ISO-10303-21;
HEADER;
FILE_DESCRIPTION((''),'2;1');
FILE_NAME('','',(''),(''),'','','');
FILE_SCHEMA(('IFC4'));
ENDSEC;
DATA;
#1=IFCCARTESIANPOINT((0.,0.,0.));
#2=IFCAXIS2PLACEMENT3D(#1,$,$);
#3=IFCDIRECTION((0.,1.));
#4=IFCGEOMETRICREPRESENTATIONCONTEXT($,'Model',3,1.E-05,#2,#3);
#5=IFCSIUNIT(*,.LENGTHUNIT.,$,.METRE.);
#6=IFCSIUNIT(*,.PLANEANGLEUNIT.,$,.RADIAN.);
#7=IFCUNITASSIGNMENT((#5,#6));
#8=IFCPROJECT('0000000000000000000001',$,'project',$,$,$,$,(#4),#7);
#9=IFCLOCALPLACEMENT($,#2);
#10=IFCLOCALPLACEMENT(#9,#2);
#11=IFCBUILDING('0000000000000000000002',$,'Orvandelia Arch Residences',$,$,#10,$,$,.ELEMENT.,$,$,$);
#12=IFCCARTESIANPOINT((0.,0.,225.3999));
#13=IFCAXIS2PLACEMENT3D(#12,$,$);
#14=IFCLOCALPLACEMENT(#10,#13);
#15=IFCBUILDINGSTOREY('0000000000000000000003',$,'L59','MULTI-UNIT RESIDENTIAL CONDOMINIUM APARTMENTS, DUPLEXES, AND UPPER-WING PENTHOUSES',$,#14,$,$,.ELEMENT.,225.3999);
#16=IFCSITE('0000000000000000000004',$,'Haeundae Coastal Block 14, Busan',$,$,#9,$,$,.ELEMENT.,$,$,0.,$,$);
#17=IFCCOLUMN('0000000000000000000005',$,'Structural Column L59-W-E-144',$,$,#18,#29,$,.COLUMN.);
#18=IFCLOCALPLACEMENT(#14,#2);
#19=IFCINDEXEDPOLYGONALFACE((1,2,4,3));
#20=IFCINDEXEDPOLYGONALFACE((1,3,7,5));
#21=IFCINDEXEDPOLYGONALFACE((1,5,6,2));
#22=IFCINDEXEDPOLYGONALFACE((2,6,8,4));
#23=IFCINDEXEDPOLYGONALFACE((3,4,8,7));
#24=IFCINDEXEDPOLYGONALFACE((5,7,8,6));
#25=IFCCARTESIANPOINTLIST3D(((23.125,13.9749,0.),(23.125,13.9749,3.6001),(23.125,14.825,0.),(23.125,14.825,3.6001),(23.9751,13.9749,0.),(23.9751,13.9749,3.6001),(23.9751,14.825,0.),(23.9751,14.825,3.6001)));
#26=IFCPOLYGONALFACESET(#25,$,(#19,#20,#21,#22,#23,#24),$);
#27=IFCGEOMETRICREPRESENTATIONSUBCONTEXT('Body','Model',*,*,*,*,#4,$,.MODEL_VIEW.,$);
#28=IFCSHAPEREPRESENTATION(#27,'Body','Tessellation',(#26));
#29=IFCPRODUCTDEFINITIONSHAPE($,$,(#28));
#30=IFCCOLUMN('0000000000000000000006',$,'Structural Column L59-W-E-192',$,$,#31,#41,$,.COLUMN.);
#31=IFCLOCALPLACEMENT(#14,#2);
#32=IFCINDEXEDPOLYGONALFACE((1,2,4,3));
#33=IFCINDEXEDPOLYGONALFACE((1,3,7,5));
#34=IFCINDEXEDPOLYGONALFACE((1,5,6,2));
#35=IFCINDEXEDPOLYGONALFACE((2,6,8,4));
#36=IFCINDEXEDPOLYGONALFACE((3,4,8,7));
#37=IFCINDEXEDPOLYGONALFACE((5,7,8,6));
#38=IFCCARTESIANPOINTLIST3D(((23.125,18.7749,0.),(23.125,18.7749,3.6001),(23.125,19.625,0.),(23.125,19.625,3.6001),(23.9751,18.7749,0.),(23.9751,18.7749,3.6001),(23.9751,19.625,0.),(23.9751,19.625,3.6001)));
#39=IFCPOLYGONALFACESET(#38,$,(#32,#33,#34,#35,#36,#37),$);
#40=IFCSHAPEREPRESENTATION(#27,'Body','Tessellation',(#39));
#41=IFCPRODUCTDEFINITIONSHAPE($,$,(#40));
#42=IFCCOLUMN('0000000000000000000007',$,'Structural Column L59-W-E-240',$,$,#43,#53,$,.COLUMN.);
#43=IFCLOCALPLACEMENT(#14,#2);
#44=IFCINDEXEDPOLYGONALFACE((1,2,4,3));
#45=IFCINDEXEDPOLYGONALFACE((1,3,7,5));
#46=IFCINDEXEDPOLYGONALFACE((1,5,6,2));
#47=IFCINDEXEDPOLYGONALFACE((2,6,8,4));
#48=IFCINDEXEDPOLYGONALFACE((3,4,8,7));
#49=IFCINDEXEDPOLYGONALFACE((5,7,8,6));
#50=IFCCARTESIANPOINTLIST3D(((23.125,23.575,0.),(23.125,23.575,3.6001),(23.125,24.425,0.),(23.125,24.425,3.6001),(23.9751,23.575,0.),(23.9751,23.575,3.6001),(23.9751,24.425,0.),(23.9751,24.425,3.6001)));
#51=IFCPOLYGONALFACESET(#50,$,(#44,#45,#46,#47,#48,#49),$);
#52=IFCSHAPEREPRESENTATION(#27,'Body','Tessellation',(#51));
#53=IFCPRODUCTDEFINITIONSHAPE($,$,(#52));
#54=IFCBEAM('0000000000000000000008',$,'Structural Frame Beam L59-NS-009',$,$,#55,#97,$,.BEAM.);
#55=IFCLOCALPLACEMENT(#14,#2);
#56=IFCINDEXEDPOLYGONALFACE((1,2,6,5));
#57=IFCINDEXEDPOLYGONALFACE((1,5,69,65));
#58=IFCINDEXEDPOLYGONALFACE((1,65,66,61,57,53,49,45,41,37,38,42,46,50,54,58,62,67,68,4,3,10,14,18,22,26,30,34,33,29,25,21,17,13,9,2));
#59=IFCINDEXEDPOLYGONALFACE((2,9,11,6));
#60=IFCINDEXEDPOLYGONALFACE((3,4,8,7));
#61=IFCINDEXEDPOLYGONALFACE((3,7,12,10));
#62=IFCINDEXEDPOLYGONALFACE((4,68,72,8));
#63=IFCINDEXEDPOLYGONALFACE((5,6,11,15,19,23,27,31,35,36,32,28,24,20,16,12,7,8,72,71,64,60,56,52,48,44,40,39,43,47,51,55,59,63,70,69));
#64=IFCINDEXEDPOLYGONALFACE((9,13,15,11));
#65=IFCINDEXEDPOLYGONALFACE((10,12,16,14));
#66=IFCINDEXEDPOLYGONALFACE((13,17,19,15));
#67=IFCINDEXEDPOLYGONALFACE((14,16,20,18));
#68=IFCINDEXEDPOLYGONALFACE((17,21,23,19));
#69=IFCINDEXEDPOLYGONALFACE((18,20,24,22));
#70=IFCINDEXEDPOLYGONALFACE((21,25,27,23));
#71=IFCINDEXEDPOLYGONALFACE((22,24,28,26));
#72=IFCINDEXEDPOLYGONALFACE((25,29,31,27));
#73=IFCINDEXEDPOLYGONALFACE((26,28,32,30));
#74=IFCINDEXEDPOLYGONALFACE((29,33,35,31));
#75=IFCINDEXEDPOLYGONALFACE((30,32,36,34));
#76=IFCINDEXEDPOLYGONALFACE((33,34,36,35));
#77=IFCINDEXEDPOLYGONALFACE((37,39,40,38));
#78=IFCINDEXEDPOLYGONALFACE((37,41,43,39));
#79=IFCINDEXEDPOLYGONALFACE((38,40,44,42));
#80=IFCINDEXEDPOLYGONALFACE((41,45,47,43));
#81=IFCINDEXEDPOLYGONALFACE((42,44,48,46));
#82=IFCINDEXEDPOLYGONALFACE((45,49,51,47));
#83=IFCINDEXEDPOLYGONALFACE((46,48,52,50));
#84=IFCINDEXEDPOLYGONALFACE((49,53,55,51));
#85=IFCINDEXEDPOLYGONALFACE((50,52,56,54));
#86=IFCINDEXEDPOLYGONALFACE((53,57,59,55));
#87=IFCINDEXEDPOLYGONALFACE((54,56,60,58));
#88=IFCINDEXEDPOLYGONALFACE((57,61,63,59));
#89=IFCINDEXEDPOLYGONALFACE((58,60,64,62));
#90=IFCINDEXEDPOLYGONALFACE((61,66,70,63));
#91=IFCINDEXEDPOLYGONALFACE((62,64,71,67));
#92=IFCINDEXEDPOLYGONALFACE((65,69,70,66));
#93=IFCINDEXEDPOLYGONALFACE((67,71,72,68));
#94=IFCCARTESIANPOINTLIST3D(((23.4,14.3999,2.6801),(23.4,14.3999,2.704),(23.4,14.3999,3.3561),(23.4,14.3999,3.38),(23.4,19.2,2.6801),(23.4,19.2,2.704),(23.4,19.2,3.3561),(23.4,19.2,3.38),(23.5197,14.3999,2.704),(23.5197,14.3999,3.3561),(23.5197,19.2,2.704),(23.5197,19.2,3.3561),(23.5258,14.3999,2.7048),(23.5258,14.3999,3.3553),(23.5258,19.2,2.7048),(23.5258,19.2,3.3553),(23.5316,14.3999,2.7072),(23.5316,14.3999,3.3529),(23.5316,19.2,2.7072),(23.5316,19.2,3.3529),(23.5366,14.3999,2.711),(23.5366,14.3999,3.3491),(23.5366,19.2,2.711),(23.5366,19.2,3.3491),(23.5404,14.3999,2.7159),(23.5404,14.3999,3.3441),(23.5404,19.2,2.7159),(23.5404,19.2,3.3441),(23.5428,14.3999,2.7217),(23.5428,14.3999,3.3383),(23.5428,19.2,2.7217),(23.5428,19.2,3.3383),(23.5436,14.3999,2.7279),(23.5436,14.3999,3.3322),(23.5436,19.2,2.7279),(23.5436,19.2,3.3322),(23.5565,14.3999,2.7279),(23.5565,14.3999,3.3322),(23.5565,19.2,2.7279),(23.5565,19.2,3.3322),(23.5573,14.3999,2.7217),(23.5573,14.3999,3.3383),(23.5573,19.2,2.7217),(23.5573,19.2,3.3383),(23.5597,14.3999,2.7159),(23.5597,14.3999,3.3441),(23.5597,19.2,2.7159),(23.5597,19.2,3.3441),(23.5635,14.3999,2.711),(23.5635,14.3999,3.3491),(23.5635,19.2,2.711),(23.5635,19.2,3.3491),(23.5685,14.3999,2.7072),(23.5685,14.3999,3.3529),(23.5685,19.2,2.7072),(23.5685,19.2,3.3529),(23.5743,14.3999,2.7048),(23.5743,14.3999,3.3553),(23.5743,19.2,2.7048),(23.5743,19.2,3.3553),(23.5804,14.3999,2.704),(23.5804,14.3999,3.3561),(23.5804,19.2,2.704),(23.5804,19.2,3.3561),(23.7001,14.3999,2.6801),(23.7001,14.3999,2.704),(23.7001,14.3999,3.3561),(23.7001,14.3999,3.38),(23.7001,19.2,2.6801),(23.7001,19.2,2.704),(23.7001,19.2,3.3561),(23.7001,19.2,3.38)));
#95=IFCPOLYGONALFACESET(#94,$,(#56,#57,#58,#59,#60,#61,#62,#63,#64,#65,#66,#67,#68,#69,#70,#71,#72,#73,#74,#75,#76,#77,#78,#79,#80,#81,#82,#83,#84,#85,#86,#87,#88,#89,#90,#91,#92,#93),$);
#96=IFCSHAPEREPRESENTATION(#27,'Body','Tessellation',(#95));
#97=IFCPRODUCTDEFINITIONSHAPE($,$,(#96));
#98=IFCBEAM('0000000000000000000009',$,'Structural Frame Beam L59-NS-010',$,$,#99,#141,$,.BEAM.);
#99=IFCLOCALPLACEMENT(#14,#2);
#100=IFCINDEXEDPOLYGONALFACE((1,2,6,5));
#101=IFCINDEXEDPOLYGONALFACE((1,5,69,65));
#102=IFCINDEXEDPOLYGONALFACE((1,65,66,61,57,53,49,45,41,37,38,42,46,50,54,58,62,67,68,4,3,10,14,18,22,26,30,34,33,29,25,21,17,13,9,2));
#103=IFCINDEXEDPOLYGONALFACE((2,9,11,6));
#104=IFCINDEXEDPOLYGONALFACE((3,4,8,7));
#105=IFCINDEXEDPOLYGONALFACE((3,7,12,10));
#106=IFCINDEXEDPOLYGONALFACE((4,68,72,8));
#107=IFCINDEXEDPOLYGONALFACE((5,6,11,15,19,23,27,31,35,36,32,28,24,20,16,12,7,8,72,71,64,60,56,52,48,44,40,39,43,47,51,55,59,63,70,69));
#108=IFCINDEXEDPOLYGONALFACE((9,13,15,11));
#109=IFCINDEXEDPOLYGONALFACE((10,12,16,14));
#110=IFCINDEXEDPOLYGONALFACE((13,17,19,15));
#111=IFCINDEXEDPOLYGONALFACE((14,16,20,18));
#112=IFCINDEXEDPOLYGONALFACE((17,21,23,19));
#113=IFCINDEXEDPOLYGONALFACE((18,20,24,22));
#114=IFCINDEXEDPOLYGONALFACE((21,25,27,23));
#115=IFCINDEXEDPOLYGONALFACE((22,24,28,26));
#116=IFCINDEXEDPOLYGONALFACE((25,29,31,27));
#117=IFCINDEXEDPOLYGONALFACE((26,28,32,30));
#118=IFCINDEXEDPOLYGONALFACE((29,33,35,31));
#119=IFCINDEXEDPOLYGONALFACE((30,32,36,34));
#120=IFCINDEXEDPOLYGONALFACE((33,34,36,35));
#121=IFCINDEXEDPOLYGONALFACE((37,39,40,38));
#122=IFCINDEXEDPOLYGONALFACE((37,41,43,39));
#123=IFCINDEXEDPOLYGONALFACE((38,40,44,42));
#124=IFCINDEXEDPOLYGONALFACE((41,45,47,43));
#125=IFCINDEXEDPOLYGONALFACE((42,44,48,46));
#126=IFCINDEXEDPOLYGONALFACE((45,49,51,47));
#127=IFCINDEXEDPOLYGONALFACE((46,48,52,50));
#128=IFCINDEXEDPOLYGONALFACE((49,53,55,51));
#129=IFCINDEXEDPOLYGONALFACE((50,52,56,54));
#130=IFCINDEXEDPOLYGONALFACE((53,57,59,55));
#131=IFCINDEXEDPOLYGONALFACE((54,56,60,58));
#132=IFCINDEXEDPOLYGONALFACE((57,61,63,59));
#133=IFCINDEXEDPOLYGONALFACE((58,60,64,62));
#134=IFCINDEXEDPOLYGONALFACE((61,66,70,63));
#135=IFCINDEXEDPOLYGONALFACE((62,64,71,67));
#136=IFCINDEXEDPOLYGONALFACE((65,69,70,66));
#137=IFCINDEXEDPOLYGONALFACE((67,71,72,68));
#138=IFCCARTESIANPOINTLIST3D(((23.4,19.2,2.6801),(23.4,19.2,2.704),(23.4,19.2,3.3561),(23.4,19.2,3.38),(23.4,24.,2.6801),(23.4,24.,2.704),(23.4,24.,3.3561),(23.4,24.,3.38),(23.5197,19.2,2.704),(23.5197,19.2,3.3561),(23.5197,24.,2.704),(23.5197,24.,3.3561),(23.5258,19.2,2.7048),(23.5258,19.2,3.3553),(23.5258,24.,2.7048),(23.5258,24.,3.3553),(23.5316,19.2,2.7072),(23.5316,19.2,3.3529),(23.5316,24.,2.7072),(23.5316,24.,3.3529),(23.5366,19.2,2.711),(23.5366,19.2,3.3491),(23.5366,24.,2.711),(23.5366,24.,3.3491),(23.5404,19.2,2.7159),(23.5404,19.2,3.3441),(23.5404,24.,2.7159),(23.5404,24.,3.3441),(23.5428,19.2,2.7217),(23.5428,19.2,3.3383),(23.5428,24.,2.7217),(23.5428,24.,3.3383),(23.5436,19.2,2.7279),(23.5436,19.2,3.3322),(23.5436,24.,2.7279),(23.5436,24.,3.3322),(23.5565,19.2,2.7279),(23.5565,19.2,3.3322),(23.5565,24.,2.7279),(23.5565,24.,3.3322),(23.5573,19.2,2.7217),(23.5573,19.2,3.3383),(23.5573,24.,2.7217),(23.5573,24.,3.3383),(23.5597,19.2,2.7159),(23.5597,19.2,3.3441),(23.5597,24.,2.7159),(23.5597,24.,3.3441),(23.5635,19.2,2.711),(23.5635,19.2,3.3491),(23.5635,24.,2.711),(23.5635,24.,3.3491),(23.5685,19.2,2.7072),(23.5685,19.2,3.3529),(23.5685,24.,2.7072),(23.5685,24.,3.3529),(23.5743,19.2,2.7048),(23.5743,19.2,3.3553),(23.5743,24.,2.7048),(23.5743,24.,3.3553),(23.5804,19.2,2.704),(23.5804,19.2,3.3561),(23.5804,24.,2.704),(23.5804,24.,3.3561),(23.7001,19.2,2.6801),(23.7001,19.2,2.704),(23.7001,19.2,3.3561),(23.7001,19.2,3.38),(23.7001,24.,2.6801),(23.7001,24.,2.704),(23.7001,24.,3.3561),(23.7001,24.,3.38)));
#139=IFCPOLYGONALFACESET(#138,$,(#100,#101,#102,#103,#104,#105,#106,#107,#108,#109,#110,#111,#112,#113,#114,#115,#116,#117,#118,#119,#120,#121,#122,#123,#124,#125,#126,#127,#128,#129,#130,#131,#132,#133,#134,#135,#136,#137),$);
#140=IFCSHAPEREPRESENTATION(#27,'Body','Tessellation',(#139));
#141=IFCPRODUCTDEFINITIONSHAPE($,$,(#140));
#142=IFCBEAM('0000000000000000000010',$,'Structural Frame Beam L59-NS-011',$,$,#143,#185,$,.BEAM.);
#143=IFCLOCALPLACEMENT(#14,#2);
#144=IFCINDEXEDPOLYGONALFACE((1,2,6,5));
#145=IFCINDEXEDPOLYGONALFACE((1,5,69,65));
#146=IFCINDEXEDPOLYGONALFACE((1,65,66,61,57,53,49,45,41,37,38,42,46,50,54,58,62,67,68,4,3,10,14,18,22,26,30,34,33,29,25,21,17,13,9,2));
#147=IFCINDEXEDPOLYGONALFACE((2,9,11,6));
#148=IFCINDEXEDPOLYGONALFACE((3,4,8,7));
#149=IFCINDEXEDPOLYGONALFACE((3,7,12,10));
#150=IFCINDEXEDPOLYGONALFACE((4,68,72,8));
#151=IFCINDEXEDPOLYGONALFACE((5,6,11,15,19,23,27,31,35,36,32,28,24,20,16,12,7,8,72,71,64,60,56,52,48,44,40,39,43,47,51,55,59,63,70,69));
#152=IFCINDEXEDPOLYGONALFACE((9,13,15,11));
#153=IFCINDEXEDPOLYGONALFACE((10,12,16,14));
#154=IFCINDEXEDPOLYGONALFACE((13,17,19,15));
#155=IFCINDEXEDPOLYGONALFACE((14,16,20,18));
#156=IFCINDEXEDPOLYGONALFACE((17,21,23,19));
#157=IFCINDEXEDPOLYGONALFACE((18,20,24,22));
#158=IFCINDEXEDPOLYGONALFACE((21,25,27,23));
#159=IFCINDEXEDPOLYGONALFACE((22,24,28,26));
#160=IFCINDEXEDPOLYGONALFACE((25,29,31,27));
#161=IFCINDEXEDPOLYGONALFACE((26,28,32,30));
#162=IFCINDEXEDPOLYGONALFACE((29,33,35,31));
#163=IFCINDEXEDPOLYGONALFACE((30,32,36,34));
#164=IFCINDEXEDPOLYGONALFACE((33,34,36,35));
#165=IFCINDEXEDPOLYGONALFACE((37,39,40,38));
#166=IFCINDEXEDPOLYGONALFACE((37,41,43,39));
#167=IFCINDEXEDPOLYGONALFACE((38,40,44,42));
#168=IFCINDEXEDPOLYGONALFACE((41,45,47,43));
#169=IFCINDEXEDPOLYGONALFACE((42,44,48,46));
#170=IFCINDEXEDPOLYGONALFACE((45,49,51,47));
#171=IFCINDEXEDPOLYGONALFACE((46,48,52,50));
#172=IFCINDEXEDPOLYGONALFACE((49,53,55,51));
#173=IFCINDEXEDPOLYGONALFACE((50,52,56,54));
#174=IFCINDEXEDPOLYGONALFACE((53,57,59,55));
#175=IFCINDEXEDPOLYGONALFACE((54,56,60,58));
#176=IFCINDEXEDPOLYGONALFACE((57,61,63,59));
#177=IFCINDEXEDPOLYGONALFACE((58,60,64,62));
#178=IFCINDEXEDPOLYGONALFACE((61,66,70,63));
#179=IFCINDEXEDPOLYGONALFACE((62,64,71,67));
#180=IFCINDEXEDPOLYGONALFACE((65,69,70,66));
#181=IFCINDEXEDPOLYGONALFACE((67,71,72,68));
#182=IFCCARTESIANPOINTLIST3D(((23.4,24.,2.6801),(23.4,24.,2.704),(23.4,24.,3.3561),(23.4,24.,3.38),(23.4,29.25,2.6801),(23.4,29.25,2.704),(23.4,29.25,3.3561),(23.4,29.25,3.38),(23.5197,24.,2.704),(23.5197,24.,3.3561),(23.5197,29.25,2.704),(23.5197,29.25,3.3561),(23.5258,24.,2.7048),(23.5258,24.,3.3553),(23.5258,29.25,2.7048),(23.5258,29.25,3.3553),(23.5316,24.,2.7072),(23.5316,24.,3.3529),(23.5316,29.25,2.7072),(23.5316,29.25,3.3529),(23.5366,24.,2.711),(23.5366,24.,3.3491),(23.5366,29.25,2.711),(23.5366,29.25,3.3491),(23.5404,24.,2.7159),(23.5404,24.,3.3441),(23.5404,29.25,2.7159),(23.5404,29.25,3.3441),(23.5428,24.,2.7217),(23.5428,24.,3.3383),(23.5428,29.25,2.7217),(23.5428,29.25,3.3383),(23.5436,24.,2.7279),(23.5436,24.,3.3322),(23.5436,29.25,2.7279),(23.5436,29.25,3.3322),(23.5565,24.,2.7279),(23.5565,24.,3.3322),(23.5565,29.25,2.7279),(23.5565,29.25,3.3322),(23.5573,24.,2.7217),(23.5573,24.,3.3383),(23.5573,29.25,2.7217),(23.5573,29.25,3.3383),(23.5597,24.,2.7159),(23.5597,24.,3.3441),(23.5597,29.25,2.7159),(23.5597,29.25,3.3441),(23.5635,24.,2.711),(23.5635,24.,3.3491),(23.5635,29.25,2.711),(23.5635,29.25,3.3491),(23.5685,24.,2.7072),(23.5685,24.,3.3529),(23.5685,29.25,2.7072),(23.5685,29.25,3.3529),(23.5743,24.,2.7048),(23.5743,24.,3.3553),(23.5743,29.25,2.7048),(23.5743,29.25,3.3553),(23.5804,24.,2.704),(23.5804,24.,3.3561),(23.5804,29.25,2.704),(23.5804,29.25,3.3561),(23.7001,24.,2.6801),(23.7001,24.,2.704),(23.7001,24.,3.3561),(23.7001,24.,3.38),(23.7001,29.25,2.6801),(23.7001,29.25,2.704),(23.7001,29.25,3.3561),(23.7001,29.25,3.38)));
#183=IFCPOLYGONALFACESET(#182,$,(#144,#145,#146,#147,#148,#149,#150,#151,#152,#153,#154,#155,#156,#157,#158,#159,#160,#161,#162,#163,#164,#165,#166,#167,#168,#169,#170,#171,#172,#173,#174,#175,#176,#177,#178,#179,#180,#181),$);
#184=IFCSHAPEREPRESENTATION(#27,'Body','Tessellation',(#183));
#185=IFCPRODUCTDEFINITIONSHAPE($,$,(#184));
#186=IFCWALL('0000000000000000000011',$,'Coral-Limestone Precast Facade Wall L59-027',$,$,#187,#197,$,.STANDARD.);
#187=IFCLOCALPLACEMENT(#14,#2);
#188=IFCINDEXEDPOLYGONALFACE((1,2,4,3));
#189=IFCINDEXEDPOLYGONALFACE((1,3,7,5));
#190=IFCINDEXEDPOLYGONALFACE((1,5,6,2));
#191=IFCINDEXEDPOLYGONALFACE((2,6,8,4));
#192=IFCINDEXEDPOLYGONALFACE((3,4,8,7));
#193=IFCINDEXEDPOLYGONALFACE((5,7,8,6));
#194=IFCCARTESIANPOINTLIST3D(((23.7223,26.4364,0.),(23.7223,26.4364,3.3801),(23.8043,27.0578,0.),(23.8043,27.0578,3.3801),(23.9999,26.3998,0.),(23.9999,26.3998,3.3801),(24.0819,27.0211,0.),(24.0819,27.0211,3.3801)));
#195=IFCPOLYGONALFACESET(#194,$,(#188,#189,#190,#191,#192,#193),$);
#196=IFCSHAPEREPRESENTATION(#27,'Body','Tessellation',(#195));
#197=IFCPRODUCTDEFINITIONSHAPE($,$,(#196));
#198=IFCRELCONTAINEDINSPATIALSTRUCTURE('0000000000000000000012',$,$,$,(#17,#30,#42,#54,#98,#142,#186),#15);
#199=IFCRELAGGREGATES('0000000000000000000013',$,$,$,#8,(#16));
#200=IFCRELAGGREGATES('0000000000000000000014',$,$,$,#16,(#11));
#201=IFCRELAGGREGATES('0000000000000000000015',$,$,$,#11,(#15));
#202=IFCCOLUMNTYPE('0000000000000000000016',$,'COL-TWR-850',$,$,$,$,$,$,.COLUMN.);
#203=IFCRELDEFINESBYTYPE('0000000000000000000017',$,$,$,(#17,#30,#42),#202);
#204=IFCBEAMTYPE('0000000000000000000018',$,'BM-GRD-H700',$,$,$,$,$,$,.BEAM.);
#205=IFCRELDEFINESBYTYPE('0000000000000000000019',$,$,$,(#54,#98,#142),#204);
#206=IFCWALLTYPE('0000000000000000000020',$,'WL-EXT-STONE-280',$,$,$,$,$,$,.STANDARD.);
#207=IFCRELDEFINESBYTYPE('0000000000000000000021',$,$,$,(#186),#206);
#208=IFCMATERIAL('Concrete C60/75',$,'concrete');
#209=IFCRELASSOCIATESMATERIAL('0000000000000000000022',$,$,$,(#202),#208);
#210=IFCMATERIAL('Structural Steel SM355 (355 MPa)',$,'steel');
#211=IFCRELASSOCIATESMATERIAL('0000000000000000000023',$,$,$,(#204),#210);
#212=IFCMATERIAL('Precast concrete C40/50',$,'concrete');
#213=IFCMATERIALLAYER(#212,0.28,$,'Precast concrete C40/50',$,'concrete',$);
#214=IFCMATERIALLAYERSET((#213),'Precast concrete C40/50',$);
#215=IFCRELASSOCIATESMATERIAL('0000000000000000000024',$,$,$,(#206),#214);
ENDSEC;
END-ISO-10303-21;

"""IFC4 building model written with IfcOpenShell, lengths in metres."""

from ifc_helpers import new_model, si_unit, direction, frame, frame_2d, origin, origin_2d, place, context, subcontext, project, spatial, rectangle, i_section, extrude, material, layer, layer_set, material_profile, profile_set, type_object, element, save


model = new_model("IFC4")

# Units and contexts
model_context = context("Model", 3, precision=1e-05, world=origin(), true_north=direction((0.0, 1.0)))
body_context = subcontext(model_context, "Body", "Model", "MODEL_VIEW")
ifc_project = project(units=[si_unit("LENGTHUNIT", "METRE"), si_unit("PLANEANGLEUNIT", "RADIAN")], contexts=[model_context])

# Site, building, storey
site_placement = place(None, origin())
site = spatial("IfcSite", under=ifc_project, at=site_placement, Name="Haeundae Coastal Block 14, Busan", CompositionType="ELEMENT", RefElevation=0.0)
building_placement = place(site_placement, origin())
building = spatial("IfcBuilding", under=site, at=building_placement, Name="Orvandelia Arch Residences", CompositionType="ELEMENT")
storey_placement = place(building_placement, frame((0.0, 0.0, 225.3999)))
storey = spatial("IfcBuildingStorey", under=building, at=storey_placement, Name="L59", Description="MULTI-UNIT RESIDENTIAL CONDOMINIUM APARTMENTS, DUPLEXES, AND UPPER-WING PENTHOUSES", CompositionType="ELEMENT", Elevation=225.3999)

# Columns
ifc_material_1 = material(Name="Concrete C60/75", Category="concrete")
ifc_material_profile_1 = material_profile(ifc_material_1, rectangle(XDim=0.8501, YDim=0.8501, at=origin_2d()), Name="Concrete C60/75", Category="concrete")
ifc_profile_set_1 = profile_set([ifc_material_profile_1], Name="Concrete C60/75")
column_type = type_object("IfcColumnType", Name="COL-TWR-850", PredefinedType="COLUMN", material=ifc_profile_set_1)
for number, where, z_axis, x_axis, name in (
    (1, (23.55, 14.3999, 0.0), (0.0, 0.0, 1.0), (1.0, 0.0, 0.0), "Structural Column L59-W-E-144"),
    (2, (23.55, 19.2, 0.0), (0.0, 0.0, 1.0), (1.0, 0.0, 0.0), "Structural Column L59-W-E-192"),
    (3, (23.55, 24.0, 0.0), (0.0, 0.0, 1.0), (1.0, 0.0, 0.0), "Structural Column L59-W-E-240"),
):
    element("IfcColumn", number, at=place(storey_placement, frame(where, z_axis=z_axis, x_axis=x_axis)), inside=storey, type_object=column_type, Name=name, PredefinedType="COLUMN", context=body_context, shape_type="SweptSolid", body=[
        extrude(rectangle(XDim=0.8501, YDim=0.8501, at=origin_2d()), origin(), (0.0, 0.0, 1.0), 3.6001),
    ])

# Beams
ifc_material_2 = material(Name="Structural Steel SM355 (355 MPa)", Category="steel")
ifc_material_profile_2 = material_profile(ifc_material_2, i_section(OverallWidth=0.3, OverallDepth=0.7, WebThickness=0.0129, FlangeThickness=0.0239, FilletRadius=0.0239, at=origin_2d()), Name="Structural Steel SM355 (355 MPa)", Category="steel")
ifc_profile_set_2 = profile_set([ifc_material_profile_2], Name="Structural Steel SM355 (355 MPa)")
beam_type = type_object("IfcBeamType", Name="BM-GRD-H700", PredefinedType="BEAM", material=ifc_profile_set_2)
for number, where, z_axis, x_axis, name in (
    (4, (23.55, 14.3999, 3.03), (0.0, 1.0, 0.0), (-1.0, 0.0, 0.0), "Structural Frame Beam L59-NS-009"),
    (5, (23.55, 19.2, 3.03), (0.0, 1.0, 0.0), (-1.0, 0.0, 0.0), "Structural Frame Beam L59-NS-010"),
):
    element("IfcBeam", number, at=place(storey_placement, frame(where, z_axis=z_axis, x_axis=x_axis)), inside=storey, type_object=beam_type, Name=name, PredefinedType="BEAM", context=body_context, shape_type="SweptSolid", body=[
        extrude(i_section(OverallWidth=0.3, OverallDepth=0.7, WebThickness=0.0129, FlangeThickness=0.0239, FilletRadius=0.0239, at=origin_2d()), origin(), (0.0, 0.0, 1.0), 4.8),
    ])
beam_placement = place(storey_placement, frame((23.55, 24.0, 3.03), z_axis=(0.0, 1.0, 0.0), x_axis=(-1.0, 0.0, 0.0)))
element("IfcBeam", 6, at=beam_placement, inside=storey, type_object=beam_type, Name="Structural Frame Beam L59-NS-011", PredefinedType="BEAM", context=body_context, shape_type="SweptSolid", body=[
    extrude(i_section(OverallWidth=0.3, OverallDepth=0.7, WebThickness=0.0129, FlangeThickness=0.0239, FilletRadius=0.0239, at=origin_2d()), origin(), (0.0, 0.0, 1.0), 5.25),
])

# Wall
ifc_material_3 = material(Name="Precast concrete C40/50", Category="concrete")
ifc_layer_1 = layer(ifc_material_3, 0.28, Name="Precast concrete C40/50", Category="concrete")
ifc_layer_set_1 = layer_set([ifc_layer_1], Name="Precast concrete C40/50")
wall_type_1 = type_object("IfcWallType", Name="WL-EXT-STONE-280", PredefinedType="STANDARD", material=ifc_layer_set_1)
wall_1_placement = place(storey_placement, frame((23.9431, 27.0396, 0.0), z_axis=(0.0, 0.0, 1.0), x_axis=(-0.130888, -0.991397, 0.0)))
element("IfcWall", 7, at=wall_1_placement, inside=storey, type_object=wall_type_1, Name="Coral-Limestone Precast Facade Wall L59-027", PredefinedType="STANDARD", context=body_context, shape_type="SweptSolid", body=[
    extrude(rectangle(XDim=0.6267, YDim=0.28, at=frame_2d((0.3135, 0.0))), origin(), (0.0, 0.0, 1.0), 3.3801),
])

save(model, "model.ifc")
